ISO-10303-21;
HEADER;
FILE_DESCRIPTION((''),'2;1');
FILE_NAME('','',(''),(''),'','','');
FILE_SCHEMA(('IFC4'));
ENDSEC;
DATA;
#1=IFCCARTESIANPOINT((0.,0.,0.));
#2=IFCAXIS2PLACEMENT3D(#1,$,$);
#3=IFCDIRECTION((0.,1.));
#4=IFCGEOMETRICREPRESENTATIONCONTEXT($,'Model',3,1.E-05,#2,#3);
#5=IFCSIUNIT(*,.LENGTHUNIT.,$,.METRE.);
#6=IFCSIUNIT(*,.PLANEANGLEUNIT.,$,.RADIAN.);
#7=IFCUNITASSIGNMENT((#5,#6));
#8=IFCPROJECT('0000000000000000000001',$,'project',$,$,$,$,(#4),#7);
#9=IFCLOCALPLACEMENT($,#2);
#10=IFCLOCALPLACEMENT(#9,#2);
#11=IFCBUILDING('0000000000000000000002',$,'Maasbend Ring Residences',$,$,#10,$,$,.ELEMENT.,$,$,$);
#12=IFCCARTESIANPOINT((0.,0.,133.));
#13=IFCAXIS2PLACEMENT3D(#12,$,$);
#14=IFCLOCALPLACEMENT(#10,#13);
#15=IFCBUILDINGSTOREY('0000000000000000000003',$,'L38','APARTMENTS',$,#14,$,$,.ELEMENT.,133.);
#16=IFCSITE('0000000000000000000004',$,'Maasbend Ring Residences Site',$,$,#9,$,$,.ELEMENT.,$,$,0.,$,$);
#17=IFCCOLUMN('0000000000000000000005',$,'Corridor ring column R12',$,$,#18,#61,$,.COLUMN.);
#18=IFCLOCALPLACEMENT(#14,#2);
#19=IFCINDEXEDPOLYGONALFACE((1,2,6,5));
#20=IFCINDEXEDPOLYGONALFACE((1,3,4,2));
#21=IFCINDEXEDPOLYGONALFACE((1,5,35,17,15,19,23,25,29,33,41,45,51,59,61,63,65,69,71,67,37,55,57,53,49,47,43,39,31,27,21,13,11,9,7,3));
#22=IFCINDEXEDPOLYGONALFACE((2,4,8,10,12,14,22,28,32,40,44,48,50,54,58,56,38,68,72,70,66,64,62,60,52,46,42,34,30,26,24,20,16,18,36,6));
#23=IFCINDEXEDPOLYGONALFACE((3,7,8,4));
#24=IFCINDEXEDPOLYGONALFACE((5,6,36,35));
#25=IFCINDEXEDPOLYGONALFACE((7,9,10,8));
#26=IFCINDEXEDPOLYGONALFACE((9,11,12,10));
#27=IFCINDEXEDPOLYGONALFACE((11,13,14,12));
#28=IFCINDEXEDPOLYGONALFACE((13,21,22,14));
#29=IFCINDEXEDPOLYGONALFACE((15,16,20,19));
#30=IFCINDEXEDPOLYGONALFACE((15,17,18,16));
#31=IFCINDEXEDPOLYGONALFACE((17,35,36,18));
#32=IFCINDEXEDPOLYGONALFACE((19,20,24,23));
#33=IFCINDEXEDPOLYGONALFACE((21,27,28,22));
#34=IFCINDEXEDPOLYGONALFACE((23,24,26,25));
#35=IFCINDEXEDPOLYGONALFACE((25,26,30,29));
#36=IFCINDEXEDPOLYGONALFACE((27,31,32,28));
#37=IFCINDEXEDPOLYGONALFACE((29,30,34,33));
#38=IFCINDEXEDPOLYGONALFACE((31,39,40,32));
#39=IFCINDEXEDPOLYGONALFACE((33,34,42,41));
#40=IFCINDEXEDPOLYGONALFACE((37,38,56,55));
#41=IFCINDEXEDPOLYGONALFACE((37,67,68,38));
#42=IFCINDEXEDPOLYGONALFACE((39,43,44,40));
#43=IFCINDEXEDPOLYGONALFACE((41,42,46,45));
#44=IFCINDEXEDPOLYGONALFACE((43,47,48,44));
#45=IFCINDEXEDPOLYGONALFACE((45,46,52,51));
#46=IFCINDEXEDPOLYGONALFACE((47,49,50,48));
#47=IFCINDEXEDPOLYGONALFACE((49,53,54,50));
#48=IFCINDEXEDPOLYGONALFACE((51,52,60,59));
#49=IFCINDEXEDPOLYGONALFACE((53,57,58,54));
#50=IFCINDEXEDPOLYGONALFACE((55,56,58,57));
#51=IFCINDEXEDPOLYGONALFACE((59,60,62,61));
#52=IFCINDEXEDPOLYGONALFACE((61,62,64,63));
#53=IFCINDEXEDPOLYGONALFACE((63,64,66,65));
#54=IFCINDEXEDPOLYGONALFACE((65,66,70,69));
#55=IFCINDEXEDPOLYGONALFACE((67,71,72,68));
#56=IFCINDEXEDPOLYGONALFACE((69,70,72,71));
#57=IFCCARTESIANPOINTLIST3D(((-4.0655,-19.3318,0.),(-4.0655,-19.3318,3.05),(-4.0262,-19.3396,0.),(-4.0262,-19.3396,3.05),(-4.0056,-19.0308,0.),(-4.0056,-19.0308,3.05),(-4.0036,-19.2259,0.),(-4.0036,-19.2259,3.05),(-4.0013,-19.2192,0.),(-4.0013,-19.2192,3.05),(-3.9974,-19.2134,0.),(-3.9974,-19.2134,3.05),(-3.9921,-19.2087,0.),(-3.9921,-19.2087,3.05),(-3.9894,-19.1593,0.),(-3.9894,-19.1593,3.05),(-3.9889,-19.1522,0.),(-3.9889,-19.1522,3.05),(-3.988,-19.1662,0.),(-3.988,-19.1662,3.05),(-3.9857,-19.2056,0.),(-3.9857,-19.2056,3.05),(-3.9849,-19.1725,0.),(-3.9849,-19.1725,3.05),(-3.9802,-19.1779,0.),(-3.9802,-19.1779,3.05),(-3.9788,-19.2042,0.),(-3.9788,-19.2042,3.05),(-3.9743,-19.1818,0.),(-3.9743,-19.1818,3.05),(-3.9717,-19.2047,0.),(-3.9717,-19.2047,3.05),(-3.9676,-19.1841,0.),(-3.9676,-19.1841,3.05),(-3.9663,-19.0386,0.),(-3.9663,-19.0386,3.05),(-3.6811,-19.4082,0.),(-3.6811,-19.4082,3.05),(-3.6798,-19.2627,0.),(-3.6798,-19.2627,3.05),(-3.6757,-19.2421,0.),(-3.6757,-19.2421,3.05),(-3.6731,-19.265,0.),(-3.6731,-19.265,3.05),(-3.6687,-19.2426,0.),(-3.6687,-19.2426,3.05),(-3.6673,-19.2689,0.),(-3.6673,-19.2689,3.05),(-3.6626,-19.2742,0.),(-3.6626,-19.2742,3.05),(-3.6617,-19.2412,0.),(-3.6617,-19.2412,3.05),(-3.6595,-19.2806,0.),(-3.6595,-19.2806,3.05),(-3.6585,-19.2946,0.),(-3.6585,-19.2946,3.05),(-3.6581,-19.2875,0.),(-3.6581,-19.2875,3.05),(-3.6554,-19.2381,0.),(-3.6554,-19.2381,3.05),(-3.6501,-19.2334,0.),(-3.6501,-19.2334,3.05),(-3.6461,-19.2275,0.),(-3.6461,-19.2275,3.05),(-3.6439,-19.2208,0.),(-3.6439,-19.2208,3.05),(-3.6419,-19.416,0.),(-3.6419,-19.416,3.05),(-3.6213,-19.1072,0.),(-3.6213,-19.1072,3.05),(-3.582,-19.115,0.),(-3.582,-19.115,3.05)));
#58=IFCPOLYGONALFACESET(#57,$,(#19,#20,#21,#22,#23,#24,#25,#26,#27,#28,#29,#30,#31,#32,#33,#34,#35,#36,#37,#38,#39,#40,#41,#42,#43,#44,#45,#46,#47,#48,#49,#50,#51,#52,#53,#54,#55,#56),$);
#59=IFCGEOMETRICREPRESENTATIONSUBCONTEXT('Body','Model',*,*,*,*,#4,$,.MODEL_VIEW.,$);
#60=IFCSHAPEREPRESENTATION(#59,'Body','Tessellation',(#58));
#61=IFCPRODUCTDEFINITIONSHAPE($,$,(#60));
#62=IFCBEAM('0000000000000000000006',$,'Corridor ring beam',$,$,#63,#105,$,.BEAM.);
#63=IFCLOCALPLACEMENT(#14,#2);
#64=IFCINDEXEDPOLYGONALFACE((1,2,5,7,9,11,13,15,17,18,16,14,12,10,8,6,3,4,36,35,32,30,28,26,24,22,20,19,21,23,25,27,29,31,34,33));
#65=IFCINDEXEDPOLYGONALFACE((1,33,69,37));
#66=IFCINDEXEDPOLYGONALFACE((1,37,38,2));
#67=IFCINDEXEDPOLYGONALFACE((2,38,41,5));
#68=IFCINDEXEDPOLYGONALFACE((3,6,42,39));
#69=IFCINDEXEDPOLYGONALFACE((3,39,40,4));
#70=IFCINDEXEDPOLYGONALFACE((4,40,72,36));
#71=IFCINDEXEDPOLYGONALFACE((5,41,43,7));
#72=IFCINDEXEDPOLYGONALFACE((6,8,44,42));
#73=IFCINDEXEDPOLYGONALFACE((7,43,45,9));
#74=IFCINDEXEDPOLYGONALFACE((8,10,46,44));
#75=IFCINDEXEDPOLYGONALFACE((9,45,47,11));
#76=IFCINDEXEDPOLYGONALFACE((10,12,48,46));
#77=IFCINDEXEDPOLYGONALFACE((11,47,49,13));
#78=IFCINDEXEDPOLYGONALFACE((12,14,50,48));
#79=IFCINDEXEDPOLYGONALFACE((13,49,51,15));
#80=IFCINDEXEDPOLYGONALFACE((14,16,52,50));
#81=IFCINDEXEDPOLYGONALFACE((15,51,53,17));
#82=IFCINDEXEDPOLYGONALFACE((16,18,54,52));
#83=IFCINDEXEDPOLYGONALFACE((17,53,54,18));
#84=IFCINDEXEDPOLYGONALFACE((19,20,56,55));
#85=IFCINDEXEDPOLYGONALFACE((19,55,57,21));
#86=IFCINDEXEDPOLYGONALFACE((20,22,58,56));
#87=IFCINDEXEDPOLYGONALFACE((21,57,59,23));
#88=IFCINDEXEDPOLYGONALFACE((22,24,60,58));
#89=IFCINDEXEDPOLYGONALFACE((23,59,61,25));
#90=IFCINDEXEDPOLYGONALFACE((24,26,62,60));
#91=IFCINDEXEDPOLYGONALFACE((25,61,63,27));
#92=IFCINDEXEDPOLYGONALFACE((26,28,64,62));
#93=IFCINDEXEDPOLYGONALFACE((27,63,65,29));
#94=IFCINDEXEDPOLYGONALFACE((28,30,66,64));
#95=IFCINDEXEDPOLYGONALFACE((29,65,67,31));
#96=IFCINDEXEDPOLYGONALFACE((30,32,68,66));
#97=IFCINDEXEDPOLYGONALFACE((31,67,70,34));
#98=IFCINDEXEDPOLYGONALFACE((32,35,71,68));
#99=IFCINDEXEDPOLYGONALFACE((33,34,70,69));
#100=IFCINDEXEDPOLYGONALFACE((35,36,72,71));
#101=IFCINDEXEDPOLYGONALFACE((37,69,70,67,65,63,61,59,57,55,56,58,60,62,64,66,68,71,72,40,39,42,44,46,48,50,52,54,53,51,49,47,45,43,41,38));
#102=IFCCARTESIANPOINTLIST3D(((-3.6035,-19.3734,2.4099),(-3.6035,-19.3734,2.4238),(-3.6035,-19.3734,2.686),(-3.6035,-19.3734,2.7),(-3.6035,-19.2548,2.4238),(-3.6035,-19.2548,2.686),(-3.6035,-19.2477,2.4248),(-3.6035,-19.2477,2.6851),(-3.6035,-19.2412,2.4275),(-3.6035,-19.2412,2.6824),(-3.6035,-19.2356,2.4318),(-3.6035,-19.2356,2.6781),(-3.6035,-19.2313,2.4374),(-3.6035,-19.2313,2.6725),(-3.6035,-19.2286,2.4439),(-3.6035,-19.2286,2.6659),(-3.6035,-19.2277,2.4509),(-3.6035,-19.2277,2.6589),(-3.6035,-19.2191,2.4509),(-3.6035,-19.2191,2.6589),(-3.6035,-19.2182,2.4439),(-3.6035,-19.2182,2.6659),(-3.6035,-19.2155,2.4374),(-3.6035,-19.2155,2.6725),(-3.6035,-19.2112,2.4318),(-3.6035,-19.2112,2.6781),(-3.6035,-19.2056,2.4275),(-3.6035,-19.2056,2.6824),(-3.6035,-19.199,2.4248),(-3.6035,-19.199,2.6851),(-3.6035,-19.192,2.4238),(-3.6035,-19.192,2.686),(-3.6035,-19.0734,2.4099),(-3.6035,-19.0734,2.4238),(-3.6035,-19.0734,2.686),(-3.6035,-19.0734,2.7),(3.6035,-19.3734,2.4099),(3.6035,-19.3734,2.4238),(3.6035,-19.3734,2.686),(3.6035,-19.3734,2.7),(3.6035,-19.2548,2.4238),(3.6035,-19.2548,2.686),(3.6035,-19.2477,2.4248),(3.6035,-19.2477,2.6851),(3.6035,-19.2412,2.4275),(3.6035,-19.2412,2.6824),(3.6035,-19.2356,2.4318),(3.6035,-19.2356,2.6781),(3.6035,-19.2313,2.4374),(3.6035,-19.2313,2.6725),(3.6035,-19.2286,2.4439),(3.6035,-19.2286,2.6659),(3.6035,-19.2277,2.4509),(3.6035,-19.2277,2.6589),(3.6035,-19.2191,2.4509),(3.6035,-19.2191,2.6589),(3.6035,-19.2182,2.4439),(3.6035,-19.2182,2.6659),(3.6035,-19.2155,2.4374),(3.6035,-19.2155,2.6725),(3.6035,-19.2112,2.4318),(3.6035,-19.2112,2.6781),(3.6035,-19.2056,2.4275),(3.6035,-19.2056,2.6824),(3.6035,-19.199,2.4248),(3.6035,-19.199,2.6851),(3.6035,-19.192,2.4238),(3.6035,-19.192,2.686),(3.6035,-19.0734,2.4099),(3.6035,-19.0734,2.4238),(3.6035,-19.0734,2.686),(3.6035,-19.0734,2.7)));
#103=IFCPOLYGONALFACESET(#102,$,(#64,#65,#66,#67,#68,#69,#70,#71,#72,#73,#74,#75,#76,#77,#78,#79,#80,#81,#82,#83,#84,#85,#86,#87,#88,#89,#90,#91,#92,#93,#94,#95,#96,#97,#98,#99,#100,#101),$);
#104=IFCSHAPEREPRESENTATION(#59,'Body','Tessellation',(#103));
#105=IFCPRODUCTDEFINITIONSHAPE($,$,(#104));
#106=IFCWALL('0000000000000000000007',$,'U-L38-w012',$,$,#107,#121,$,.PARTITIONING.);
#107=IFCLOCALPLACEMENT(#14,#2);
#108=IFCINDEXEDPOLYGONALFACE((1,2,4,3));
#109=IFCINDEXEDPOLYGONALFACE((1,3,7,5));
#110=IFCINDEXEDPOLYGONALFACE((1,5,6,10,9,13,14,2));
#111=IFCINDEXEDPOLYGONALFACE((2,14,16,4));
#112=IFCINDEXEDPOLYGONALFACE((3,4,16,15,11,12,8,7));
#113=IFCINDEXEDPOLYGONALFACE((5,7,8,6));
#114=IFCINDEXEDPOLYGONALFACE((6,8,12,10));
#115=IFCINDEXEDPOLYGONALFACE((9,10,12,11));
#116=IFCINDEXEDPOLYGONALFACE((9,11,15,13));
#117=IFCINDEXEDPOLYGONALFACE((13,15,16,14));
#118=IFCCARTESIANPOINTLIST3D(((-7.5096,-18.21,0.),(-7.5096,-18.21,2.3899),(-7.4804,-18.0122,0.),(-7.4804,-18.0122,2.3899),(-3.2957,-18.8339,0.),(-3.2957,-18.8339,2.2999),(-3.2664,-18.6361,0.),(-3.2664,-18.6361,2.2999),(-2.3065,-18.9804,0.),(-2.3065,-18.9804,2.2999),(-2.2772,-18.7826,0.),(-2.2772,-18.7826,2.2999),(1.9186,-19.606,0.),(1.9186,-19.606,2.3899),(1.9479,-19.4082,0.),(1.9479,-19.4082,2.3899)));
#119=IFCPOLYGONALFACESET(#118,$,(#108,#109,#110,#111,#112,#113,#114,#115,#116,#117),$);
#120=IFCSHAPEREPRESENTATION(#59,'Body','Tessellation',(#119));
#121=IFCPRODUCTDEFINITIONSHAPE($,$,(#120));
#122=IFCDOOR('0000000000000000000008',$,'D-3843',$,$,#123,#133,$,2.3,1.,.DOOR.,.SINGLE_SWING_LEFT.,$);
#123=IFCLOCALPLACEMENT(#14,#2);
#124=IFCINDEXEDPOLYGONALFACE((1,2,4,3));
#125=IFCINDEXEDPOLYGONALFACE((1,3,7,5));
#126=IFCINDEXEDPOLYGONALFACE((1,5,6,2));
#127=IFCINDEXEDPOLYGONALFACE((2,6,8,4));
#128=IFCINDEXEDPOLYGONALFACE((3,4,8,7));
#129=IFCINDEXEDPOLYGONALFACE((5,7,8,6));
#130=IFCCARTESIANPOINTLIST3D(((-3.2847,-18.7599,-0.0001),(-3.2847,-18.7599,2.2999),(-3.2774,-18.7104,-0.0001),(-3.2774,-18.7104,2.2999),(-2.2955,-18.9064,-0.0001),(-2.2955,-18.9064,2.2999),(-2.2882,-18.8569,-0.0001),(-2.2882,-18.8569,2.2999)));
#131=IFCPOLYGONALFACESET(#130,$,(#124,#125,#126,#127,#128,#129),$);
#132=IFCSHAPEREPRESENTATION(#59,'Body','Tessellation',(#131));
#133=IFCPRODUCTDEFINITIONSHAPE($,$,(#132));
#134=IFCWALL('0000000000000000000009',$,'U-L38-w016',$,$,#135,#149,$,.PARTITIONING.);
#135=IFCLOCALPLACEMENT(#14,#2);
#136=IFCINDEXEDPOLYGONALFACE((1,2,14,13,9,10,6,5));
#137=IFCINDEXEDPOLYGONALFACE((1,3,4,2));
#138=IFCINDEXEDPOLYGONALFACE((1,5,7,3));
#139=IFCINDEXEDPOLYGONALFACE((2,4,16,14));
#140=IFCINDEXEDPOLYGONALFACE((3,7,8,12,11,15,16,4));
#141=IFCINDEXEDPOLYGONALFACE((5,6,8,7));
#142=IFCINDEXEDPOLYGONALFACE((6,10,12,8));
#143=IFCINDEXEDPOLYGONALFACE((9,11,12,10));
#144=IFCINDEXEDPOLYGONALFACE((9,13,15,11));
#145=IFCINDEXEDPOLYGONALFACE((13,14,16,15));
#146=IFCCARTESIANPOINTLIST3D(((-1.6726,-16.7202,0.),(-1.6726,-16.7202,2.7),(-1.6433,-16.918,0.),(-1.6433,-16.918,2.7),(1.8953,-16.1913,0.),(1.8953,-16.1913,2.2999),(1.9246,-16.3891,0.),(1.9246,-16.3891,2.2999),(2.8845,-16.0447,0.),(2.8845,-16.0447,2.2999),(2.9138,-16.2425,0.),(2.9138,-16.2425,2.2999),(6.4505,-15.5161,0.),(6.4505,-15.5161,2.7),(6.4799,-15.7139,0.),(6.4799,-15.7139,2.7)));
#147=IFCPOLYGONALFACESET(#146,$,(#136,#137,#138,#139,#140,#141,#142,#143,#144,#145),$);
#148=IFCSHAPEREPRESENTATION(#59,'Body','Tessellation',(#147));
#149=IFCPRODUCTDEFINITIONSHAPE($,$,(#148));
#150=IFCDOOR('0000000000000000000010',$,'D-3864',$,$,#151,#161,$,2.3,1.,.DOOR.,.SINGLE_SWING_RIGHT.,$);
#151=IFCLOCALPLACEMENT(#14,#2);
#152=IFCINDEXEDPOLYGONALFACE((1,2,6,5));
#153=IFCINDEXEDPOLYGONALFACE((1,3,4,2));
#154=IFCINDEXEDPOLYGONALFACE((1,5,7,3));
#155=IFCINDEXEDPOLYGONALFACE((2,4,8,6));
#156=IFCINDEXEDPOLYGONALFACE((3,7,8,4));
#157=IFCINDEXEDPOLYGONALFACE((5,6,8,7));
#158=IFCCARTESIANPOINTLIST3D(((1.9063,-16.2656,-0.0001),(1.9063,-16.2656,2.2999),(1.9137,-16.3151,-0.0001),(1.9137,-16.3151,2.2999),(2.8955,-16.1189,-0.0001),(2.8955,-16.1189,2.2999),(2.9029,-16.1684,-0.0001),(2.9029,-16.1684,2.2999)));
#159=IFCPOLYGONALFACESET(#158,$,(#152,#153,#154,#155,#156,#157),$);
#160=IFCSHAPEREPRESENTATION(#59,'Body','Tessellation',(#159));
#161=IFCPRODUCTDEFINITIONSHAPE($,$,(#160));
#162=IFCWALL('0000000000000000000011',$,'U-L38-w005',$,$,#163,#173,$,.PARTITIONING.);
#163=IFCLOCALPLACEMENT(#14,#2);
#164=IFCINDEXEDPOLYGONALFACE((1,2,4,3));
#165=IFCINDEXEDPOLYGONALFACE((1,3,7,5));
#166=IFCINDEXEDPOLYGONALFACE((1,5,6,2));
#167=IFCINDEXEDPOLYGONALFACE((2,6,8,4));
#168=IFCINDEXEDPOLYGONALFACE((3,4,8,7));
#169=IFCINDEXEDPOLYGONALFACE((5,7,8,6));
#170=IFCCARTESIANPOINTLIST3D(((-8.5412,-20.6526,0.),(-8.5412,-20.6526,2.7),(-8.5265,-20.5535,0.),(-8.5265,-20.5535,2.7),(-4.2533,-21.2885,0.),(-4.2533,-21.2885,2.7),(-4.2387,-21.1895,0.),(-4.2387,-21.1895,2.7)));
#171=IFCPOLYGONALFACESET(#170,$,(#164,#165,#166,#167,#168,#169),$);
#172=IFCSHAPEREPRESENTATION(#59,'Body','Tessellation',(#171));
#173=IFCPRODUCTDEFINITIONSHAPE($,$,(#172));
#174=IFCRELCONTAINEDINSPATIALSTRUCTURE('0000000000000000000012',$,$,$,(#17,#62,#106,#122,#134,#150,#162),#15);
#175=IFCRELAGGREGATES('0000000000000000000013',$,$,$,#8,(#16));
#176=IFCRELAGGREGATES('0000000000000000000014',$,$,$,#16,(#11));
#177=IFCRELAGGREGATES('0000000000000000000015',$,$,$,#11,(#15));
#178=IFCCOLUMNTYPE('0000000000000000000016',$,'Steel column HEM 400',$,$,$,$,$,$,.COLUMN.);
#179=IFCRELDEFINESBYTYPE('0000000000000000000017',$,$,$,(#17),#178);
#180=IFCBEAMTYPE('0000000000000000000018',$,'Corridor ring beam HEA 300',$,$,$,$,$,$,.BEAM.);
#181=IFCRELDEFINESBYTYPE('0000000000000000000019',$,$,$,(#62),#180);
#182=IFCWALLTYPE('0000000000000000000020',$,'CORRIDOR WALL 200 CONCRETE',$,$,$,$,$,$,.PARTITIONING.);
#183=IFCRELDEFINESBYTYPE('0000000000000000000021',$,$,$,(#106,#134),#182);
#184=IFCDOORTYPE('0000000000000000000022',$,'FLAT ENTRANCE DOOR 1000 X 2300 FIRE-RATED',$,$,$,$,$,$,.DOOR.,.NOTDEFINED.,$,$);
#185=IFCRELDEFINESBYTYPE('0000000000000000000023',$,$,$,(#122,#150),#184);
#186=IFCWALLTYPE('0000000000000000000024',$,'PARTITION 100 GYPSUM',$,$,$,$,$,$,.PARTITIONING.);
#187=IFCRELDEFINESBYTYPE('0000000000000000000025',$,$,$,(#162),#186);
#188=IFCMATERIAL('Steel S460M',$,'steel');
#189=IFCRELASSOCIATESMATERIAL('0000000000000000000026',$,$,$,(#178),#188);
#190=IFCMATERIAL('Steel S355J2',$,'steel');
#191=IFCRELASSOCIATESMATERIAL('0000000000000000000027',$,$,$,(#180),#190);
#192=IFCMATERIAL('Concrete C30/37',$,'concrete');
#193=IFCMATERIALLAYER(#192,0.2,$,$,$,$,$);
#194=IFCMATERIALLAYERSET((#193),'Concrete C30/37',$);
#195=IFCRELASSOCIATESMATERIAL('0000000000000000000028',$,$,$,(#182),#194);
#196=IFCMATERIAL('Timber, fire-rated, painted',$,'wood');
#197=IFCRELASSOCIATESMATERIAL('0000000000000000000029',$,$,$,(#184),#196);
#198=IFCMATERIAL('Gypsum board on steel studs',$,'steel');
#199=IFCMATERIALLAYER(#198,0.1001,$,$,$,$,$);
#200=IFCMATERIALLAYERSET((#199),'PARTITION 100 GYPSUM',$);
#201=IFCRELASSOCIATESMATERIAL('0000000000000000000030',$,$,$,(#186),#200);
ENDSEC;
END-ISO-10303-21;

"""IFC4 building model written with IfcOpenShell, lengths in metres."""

from ifc_helpers import new_model, si_unit, direction, frame, frame_2d, origin, origin_2d, place, context, subcontext, project, spatial, rectangle, i_section, extrude, material, layer, layer_set, material_profile, profile_set, type_object, element, fill, save


model = new_model("IFC4")

# Units and contexts
model_context = context("Model", 3, precision=1e-05, world=origin(), true_north=direction((0.0, 1.0)))
body_context = subcontext(model_context, "Body", "Model", "MODEL_VIEW")
ifc_project = project(units=[si_unit("LENGTHUNIT", "METRE"), si_unit("PLANEANGLEUNIT", "RADIAN")], contexts=[model_context])

# Site, building, storey
site_placement = place(None, origin())
site = spatial("IfcSite", under=ifc_project, at=site_placement, Name="Maasbend Ring Residences Site", CompositionType="ELEMENT", RefElevation=0.0)
building_placement = place(site_placement, origin())
building = spatial("IfcBuilding", under=site, at=building_placement, Name="Maasbend Ring Residences", CompositionType="ELEMENT")
storey_placement = place(building_placement, frame((0.0, 0.0, 133.0)))
storey = spatial("IfcBuildingStorey", under=building, at=storey_placement, Name="L38", Description="APARTMENTS", CompositionType="ELEMENT", Elevation=133.0)

# Column
ifc_material_1 = material(Name="Steel S460M", Category="steel")
ifc_material_profile_1 = material_profile(ifc_material_1, i_section(OverallWidth=0.3069, OverallDepth=0.4319, WebThickness=0.021, FlangeThickness=0.04, FilletRadius=0.0271, at=origin_2d()), Name="HEM 400")
ifc_profile_set_1 = profile_set([ifc_material_profile_1], Name="Steel S460M")
column_type = type_object("IfcColumnType", Name="Steel column HEM 400", PredefinedType="COLUMN", material=ifc_profile_set_1)
column_placement = place(storey_placement, frame((-3.8237, -19.2234, 0.0), z_axis=(0.0, 0.0, 1.0), x_axis=(-0.19509, -0.980785, 0.0)))
element("IfcColumn", 1, at=column_placement, inside=storey, type_object=column_type, Name="Corridor ring column R12", PredefinedType="COLUMN", context=body_context, shape_type="SweptSolid", body=[
    extrude(i_section(OverallWidth=0.3069, OverallDepth=0.4319, WebThickness=0.021, FlangeThickness=0.04, FilletRadius=0.0271, at=origin_2d()), origin(), (0.0, 0.0, 1.0), 3.05),
])

# Beam
ifc_material_2 = material(Name="Steel S355J2", Category="steel")
ifc_material_profile_2 = material_profile(ifc_material_2, i_section(OverallWidth=0.3, OverallDepth=0.29, WebThickness=0.0085, FlangeThickness=0.0139, FilletRadius=0.0271, at=origin_2d()), Name="HEA 300")
ifc_profile_set_2 = profile_set([ifc_material_profile_2], Name="Steel S355J2")
beam_type = type_object("IfcBeamType", Name="Corridor ring beam HEA 300", PredefinedType="BEAM", material=ifc_profile_set_2)
beam_placement = place(storey_placement, frame((-3.6035, -19.2234, 2.5549), z_axis=(1.0, 0.0, 0.0), x_axis=(0.0, 1.0, 0.0)))
element("IfcBeam", 2, at=beam_placement, inside=storey, type_object=beam_type, Name="Corridor ring beam", PredefinedType="BEAM", context=body_context, shape_type="SweptSolid", body=[
    extrude(i_section(OverallWidth=0.3, OverallDepth=0.29, WebThickness=0.0085, FlangeThickness=0.0139, FilletRadius=0.0271, at=origin_2d()), origin(), (0.0, 0.0, 1.0), 7.207),
])

# Walls, openings, doors
ifc_material_3 = material(Name="Concrete C30/37", Category="concrete")
ifc_layer_1 = layer(ifc_material_3, 0.2)
ifc_layer_set_1 = layer_set([ifc_layer_1], Name="Concrete C30/37")
wall_type_1 = type_object("IfcWallType", Name="CORRIDOR WALL 200 CONCRETE", PredefinedType="PARTITIONING", material=ifc_layer_set_1)
wall_1_placement = place(storey_placement, frame((-7.4951, -18.1111, 0.0), z_axis=(0.0, 0.0, 1.0), x_axis=(0.989215, -0.146469, 0.0)))
wall_1 = element("IfcWall", 3, at=wall_1_placement, inside=storey, type_object=wall_type_1, Name="U-L38-w012", PredefinedType="PARTITIONING", context=body_context, shape_type="SweptSolid", body=[
    extrude(rectangle(XDim=9.531, YDim=0.2, at=frame_2d((4.7656, 0.0))), origin(), (0.0, 0.0, 1.0), 2.3899),
])
opening_1_placement = place(wall_1_placement, frame((4.26, 0.0, 0.0)))
opening_1 = element("IfcOpeningElement", 4, at=opening_1_placement, cuts=wall_1, PredefinedType="OPENING", context=body_context, shape_type="SweptSolid", body=[
    extrude(rectangle(XDim=1.0, YDim=2.3, at=frame_2d((0.5, 1.1499))), frame((0.0, 0.1099, 0.0), z_axis=(0.0, -1.0, 0.0), x_axis=(1.0, 0.0, 0.0)), (0.0, 0.0, 1.0), 0.22),
])
ifc_material_4 = material(Name="Timber, fire-rated, painted", Category="wood")
door_type_1 = type_object("IfcDoorType", Name="FLAT ENTRANCE DOOR 1000 X 2300 FIRE-RATED", OperationType="NOTDEFINED", PredefinedType="DOOR", material=ifc_material_4)
door_1_placement = place(opening_1_placement, origin())
door_1 = element("IfcDoor", 5, at=door_1_placement, inside=storey, type_object=door_type_1, Name="D-3843", OperationType="SINGLE_SWING_LEFT", OverallHeight=2.3, OverallWidth=1.0, PredefinedType="DOOR", context=body_context, shape_type="SweptSolid", body=[
    extrude(rectangle(XDim=1.0, YDim=2.3, at=frame_2d((0.5, 1.1499))), frame((0.0, 0.0249, 0.0), z_axis=(0.0, -1.0, 0.0), x_axis=(1.0, 0.0, 0.0)), (0.0, 0.0, 1.0), 0.05),
])
fill(opening_1, door_1)
wall_2_placement = place(storey_placement, frame((-1.658, -16.8191, 0.0), z_axis=(0.0, 0.0, 1.0), x_axis=(0.989191, 0.146631, 0.0)))
wall_2 = element("IfcWall", 6, at=wall_2_placement, inside=storey, type_object=wall_type_1, Name="U-L38-w016", PredefinedType="PARTITIONING", context=body_context, shape_type="SweptSolid", body=[
    extrude(rectangle(XDim=8.2119, YDim=0.2, at=frame_2d((4.106, 0.0))), origin(), (0.0, 0.0, 1.0), 2.7),
])
opening_2_placement = place(wall_2_placement, frame((3.6069, 0.0, 0.0)))
opening_2 = element("IfcOpeningElement", 7, at=opening_2_placement, cuts=wall_2, PredefinedType="OPENING", context=body_context, shape_type="SweptSolid", body=[
    extrude(rectangle(XDim=1.0, YDim=2.3, at=frame_2d((0.5, 1.1499))), frame((0.0, 0.1099, 0.0), z_axis=(0.0, -1.0, 0.0), x_axis=(1.0, 0.0, 0.0)), (0.0, 0.0, 1.0), 0.22),
])
door_2_placement = place(opening_2_placement, origin())
door_2 = element("IfcDoor", 8, at=door_2_placement, inside=storey, type_object=door_type_1, Name="D-3864", OperationType="SINGLE_SWING_RIGHT", OverallHeight=2.3, OverallWidth=1.0, PredefinedType="DOOR", context=body_context, shape_type="SweptSolid", body=[
    extrude(rectangle(XDim=1.0, YDim=2.3, at=frame_2d((0.5, 1.1499))), frame((0.0, 0.0249, 0.0), z_axis=(0.0, -1.0, 0.0), x_axis=(1.0, 0.0, 0.0)), (0.0, 0.0, 1.0), 0.05),
])
fill(opening_2, door_2)

# Wall
ifc_material_5 = material(Name="Gypsum board on steel studs", Category="steel")
ifc_layer_2 = layer(ifc_material_5, 0.1001)
ifc_layer_set_2 = layer_set([ifc_layer_2], Name="PARTITION 100 GYPSUM")
wall_type_2 = type_object("IfcWallType", Name="PARTITION 100 GYPSUM", PredefinedType="PARTITIONING", material=ifc_layer_set_2)
wall_3_placement = place(storey_placement, frame((-8.5339, -20.603, 0.0), z_axis=(0.0, 0.0, 1.0), x_axis=(0.989178, -0.146718, 0.0)))
element("IfcWall", 9, at=wall_3_placement, inside=storey, type_object=wall_type_2, Name="U-L38-w005", PredefinedType="PARTITIONING", context=body_context, shape_type="SweptSolid", body=[
    extrude(rectangle(XDim=4.3347, YDim=0.1001, at=frame_2d((2.1675, 0.0))), origin(), (0.0, 0.0, 1.0), 2.7),
])

save(model, "model.ifc")
